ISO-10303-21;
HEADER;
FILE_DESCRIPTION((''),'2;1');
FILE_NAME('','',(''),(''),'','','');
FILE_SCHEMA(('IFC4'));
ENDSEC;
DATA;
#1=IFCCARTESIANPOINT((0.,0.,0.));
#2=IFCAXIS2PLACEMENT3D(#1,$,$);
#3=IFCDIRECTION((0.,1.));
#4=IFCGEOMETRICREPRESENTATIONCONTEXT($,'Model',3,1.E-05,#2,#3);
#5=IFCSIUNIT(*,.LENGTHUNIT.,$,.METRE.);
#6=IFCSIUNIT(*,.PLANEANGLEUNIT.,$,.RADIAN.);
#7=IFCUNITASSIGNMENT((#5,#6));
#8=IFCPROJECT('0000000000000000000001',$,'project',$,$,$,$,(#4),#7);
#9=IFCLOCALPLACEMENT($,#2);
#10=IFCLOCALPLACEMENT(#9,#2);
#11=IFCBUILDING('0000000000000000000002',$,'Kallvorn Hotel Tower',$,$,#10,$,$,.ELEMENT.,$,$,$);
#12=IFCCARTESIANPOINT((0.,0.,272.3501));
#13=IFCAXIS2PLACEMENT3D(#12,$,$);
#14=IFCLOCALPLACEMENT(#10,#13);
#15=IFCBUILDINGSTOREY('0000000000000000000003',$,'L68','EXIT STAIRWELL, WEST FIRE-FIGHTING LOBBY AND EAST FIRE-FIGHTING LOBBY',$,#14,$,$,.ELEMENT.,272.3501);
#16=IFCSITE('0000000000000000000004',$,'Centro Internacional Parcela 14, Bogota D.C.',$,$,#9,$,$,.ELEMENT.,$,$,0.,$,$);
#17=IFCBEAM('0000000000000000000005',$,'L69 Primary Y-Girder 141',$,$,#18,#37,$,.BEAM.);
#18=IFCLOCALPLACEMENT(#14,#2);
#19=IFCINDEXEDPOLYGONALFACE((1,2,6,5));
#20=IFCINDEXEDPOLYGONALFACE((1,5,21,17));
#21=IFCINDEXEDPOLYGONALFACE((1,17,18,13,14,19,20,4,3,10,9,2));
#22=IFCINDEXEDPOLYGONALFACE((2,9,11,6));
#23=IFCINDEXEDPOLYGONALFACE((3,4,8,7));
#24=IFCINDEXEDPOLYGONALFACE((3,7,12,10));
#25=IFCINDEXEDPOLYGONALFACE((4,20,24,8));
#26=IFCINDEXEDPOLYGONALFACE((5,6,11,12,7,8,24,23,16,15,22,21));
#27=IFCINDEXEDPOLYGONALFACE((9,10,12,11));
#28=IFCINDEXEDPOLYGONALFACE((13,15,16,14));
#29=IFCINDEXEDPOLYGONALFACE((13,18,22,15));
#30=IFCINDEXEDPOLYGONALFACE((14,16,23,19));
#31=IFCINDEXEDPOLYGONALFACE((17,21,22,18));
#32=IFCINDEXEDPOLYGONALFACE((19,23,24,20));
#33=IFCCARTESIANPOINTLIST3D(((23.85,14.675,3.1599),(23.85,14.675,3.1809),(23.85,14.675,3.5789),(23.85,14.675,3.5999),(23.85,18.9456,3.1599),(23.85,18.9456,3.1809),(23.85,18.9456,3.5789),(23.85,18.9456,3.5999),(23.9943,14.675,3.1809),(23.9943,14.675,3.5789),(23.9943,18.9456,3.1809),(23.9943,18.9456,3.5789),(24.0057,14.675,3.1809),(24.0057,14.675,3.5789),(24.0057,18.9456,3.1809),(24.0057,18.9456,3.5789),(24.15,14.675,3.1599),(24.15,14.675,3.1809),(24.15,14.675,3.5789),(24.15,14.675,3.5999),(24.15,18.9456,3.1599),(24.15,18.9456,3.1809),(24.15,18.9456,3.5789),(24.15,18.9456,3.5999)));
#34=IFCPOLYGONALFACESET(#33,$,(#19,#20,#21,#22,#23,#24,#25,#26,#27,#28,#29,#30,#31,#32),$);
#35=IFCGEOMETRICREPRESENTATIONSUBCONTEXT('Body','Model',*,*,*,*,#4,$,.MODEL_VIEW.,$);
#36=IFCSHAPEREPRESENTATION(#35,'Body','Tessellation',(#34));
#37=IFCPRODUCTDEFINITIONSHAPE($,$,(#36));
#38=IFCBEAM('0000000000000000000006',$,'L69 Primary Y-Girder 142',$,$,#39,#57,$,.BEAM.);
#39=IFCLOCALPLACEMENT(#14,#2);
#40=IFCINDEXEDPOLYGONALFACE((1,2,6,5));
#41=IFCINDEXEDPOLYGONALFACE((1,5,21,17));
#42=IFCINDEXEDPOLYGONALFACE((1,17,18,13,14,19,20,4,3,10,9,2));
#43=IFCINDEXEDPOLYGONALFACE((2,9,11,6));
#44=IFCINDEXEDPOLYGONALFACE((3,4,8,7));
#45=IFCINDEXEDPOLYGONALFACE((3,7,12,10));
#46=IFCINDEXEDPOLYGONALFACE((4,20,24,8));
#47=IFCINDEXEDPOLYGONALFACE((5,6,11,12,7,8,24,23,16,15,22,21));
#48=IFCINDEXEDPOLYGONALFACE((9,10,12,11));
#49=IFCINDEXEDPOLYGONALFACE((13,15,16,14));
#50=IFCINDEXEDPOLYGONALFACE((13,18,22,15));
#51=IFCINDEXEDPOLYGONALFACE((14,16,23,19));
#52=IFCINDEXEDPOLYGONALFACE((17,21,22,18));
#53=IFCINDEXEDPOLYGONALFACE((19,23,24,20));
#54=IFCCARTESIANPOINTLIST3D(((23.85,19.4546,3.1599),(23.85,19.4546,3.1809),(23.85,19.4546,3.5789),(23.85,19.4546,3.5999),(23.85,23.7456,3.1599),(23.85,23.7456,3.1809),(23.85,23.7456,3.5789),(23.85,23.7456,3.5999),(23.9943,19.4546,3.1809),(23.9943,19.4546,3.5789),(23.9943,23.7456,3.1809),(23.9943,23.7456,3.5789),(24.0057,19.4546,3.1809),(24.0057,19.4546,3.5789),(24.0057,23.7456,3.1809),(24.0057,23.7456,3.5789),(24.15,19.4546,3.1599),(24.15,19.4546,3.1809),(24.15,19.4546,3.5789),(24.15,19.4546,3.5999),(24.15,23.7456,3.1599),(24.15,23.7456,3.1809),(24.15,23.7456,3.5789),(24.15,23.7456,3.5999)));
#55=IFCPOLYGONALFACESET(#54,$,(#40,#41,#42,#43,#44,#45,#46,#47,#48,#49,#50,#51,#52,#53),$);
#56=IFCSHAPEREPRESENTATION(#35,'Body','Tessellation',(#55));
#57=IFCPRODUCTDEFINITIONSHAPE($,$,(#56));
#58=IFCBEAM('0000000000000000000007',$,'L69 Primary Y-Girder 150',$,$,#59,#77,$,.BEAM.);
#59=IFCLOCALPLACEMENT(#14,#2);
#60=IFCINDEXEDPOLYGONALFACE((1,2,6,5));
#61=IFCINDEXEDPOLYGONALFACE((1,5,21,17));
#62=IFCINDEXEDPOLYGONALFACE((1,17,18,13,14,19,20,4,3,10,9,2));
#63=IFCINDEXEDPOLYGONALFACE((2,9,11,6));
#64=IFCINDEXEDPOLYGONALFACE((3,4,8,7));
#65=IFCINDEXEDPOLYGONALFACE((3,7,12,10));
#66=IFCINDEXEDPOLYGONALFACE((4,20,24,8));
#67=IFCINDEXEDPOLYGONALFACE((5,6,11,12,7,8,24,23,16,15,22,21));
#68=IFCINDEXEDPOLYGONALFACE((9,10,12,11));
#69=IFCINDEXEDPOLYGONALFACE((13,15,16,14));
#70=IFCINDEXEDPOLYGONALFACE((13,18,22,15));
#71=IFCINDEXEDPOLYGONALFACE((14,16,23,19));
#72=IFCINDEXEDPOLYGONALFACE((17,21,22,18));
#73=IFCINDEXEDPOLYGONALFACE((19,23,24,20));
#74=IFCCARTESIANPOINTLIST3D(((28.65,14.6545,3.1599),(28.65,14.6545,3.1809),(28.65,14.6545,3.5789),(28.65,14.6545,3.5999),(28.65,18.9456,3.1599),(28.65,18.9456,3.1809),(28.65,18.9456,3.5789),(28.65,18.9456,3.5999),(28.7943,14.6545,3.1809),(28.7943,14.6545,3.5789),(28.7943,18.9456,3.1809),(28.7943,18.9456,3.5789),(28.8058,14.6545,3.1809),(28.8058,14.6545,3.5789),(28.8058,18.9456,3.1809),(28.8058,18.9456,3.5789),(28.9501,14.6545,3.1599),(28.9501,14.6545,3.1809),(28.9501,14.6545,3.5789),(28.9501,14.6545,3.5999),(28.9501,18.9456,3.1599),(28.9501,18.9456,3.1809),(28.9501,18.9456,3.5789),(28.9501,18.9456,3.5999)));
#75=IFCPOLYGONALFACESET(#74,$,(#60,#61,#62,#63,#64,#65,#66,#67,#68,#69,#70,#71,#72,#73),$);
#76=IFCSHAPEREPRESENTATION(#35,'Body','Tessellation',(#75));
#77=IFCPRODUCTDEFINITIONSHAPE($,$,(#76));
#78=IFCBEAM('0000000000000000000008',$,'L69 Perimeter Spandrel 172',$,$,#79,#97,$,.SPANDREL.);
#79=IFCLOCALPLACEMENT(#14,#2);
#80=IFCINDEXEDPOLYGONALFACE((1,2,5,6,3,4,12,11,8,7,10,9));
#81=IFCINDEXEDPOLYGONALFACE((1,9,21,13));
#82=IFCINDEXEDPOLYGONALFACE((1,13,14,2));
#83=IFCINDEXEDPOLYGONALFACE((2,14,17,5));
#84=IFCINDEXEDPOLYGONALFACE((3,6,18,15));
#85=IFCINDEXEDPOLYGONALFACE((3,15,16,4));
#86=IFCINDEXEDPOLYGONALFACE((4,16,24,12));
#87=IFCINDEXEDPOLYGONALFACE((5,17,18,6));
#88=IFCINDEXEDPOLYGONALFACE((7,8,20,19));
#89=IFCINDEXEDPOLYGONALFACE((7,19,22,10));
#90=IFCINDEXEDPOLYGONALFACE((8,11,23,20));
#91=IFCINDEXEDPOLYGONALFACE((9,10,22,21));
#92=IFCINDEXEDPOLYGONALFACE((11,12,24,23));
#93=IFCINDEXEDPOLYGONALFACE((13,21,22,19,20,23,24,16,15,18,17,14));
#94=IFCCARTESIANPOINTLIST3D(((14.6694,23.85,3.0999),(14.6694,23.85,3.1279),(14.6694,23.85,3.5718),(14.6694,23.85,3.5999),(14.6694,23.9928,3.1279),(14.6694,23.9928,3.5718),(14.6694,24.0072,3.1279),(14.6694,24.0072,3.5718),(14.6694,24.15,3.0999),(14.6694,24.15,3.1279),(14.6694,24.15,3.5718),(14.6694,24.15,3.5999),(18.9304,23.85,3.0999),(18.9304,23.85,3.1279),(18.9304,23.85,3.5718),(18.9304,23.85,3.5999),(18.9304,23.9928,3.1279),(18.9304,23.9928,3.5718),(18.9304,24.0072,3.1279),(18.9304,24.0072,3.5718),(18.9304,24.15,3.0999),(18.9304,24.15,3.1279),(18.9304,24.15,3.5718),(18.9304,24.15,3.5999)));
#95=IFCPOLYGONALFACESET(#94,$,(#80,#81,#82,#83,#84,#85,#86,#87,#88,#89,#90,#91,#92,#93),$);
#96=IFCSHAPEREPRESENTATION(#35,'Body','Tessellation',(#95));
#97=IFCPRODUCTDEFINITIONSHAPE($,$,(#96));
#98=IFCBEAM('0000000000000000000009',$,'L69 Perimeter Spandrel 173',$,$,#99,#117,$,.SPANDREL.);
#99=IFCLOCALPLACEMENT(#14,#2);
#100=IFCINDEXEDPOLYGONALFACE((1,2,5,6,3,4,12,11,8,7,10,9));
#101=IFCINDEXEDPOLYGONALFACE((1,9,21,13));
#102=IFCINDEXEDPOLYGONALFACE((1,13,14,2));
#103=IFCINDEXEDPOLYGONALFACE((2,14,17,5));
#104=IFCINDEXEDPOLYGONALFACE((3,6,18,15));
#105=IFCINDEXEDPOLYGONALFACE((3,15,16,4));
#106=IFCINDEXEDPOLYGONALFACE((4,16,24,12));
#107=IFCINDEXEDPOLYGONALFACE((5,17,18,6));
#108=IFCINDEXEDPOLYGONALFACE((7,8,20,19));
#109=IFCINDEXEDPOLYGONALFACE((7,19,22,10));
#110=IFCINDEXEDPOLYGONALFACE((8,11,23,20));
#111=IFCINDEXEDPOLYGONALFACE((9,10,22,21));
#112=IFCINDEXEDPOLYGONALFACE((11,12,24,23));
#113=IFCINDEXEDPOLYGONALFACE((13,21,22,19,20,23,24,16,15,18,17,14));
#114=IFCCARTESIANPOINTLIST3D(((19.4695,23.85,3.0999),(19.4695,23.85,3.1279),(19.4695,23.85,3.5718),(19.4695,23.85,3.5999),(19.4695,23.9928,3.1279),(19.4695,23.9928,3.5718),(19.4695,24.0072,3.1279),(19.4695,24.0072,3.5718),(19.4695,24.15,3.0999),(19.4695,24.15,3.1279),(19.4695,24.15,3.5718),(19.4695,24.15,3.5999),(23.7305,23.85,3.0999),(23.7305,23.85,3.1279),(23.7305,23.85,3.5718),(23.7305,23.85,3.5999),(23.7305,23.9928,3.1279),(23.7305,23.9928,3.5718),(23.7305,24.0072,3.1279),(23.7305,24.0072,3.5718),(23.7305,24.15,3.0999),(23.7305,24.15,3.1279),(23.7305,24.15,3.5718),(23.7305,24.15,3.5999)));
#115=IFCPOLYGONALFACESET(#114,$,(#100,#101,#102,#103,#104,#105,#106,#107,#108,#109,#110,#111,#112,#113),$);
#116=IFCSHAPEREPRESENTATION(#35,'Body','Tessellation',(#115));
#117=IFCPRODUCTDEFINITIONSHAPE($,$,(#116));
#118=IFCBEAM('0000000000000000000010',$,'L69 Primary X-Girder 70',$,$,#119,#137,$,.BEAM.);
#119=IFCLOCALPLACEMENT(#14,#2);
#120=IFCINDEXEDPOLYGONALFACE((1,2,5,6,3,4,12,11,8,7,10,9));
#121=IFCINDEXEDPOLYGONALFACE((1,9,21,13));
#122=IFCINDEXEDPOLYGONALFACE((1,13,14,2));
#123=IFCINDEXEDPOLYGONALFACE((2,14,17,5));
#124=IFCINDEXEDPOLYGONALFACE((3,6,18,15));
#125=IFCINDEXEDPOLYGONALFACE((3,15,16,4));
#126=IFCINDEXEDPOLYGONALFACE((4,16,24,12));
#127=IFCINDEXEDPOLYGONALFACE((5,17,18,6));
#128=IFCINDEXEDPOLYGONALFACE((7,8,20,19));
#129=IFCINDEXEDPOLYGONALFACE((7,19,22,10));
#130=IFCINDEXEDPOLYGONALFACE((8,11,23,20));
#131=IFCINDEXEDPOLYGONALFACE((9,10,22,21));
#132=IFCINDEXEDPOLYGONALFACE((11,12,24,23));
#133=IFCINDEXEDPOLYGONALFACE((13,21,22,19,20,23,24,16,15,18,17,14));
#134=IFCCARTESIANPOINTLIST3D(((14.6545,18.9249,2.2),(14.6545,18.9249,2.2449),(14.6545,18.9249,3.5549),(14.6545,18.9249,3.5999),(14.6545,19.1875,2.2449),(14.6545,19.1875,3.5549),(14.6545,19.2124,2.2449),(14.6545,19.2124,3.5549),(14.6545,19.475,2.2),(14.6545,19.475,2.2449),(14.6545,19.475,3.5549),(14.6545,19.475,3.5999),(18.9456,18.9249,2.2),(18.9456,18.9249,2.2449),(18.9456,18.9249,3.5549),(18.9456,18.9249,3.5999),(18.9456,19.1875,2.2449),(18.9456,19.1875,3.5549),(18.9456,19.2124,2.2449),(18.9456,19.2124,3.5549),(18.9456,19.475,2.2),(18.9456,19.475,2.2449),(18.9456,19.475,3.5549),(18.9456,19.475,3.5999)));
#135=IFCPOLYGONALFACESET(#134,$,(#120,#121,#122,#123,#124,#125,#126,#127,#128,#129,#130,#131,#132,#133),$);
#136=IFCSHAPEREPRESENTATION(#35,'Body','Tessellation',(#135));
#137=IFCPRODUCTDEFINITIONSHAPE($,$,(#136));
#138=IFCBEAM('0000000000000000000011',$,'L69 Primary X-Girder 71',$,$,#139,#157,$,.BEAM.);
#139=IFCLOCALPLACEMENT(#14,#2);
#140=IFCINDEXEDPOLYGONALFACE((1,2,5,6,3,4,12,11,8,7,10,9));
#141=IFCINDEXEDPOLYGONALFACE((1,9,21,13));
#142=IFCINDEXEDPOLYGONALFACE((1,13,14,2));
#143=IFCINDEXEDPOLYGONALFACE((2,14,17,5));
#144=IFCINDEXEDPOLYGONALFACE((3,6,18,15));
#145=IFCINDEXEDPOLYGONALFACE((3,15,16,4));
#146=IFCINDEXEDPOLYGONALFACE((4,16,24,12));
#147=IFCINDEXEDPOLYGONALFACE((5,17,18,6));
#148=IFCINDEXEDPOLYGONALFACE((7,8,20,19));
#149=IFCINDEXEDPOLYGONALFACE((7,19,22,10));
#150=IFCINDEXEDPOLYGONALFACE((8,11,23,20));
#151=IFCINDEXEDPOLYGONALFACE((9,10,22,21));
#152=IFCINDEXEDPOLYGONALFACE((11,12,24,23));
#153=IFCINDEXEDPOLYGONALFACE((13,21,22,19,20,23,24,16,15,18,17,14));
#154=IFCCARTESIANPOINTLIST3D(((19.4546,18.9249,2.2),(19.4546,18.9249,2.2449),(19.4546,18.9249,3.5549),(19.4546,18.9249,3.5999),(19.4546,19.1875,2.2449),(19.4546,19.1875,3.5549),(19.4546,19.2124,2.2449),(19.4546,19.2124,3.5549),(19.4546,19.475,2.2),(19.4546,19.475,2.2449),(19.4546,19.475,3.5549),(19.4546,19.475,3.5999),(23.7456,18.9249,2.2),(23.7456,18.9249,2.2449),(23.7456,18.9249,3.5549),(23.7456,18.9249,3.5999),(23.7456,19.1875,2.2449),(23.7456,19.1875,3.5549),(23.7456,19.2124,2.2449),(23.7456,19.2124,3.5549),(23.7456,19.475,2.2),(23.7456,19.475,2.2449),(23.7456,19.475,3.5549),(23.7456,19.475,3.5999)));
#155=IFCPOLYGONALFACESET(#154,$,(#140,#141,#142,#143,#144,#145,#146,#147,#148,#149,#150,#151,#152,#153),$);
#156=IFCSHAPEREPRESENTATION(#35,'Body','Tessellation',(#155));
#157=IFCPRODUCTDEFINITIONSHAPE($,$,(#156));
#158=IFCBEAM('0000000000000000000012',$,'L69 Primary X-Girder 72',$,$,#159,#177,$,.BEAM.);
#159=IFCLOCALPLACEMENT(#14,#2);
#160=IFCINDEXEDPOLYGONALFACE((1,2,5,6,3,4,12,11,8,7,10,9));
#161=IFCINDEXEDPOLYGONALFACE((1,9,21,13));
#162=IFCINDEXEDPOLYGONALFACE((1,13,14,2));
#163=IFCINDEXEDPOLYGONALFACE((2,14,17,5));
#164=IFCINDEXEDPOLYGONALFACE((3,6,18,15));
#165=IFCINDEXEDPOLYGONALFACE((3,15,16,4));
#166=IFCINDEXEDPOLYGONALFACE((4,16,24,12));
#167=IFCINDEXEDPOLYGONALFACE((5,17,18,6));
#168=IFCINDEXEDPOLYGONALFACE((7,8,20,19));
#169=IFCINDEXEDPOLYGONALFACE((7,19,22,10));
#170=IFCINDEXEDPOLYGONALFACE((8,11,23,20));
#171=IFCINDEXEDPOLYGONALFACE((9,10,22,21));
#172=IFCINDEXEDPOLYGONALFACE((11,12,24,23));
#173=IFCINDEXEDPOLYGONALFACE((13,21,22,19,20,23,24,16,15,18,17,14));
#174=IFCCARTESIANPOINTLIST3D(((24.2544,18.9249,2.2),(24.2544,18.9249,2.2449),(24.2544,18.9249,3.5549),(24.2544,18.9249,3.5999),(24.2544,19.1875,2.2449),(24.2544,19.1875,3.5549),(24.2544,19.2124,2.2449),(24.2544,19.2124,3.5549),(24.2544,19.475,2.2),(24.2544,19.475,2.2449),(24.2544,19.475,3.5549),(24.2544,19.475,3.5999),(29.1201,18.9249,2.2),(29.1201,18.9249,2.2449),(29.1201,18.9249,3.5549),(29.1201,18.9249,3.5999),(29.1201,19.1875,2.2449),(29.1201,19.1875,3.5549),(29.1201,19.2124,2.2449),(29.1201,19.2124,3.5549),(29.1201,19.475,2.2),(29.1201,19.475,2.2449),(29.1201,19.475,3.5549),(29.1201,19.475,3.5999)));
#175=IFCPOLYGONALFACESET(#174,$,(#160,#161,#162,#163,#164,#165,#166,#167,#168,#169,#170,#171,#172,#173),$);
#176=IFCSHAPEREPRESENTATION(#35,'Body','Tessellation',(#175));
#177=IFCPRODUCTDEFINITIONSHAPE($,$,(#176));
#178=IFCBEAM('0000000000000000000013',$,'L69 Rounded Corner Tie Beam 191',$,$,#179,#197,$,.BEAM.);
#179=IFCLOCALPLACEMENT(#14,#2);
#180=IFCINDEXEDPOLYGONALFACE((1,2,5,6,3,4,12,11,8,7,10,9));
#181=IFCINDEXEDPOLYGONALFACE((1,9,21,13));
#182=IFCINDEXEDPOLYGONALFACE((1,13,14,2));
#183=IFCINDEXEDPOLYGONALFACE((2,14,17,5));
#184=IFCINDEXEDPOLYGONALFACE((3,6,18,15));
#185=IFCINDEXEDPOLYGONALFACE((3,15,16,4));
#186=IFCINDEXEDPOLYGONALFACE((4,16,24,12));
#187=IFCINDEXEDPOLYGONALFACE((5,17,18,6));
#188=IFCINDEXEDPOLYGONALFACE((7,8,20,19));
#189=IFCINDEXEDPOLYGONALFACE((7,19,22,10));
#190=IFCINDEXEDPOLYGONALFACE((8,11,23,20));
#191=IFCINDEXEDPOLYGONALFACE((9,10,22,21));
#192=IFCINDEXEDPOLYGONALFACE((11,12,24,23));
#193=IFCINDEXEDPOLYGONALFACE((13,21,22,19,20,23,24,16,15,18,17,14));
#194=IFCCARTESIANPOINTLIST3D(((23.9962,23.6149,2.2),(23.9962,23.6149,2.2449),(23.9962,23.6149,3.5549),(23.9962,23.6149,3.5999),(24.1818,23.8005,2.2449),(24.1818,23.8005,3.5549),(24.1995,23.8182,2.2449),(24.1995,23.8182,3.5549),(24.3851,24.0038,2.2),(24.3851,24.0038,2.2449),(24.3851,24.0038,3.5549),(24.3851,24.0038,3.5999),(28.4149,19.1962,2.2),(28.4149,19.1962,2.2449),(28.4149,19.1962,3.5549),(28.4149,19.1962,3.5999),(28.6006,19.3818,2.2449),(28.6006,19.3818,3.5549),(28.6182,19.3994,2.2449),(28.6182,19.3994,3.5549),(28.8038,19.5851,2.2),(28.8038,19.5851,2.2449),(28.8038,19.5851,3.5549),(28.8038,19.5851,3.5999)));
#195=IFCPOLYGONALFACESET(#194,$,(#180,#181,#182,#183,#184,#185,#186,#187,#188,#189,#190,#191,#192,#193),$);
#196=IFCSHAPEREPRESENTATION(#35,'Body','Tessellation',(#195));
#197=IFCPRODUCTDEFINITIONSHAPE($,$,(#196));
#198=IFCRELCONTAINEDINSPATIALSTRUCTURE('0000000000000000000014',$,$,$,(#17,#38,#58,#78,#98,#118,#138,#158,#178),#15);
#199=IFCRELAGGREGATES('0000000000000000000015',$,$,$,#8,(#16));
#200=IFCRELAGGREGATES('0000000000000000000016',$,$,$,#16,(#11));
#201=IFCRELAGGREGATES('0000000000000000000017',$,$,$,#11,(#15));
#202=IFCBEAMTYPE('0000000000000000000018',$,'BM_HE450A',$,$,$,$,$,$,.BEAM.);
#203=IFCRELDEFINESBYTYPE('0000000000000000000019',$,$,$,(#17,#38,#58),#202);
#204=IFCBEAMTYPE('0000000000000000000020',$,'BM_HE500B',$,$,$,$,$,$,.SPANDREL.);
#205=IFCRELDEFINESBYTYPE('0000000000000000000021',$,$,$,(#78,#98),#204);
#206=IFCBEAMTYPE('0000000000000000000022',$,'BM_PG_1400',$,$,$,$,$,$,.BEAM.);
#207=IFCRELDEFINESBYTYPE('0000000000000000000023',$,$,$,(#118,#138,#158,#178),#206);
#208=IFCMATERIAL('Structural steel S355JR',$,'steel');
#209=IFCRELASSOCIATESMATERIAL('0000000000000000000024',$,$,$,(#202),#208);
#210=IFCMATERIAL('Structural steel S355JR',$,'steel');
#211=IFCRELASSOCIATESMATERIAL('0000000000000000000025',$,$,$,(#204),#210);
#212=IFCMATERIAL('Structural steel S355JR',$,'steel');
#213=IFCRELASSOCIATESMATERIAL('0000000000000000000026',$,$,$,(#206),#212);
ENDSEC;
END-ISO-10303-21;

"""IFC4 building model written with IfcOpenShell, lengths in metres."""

from ifc_helpers import new_model, si_unit, direction, frame, origin, origin_2d, place, context, subcontext, project, spatial, i_section, extrude, material, material_profile, profile_set, type_object, element, save


model = new_model("IFC4")

# Units and contexts
model_context = context("Model", 3, precision=1e-05, world=origin(), true_north=direction((0.0, 1.0)))
body_context = subcontext(model_context, "Body", "Model", "MODEL_VIEW")
ifc_project = project(units=[si_unit("LENGTHUNIT", "METRE"), si_unit("PLANEANGLEUNIT", "RADIAN")], contexts=[model_context])

# Site, building, storey
site_placement = place(None, origin())
site = spatial("IfcSite", under=ifc_project, at=site_placement, Name="Centro Internacional Parcela 14, Bogota D.C.", CompositionType="ELEMENT", RefElevation=0.0)
building_placement = place(site_placement, origin())
building = spatial("IfcBuilding", under=site, at=building_placement, Name="Kallvorn Hotel Tower", CompositionType="ELEMENT")
storey_placement = place(building_placement, frame((0.0, 0.0, 272.3501)))
storey = spatial("IfcBuildingStorey", under=building, at=storey_placement, Name="L68", Description="EXIT STAIRWELL, WEST FIRE-FIGHTING LOBBY AND EAST FIRE-FIGHTING LOBBY", CompositionType="ELEMENT", Elevation=272.3501)

# Beams
ifc_material_1 = material(Name="Structural steel S355JR", Category="steel")
ifc_material_profile_1 = material_profile(ifc_material_1, i_section(OverallWidth=0.3, OverallDepth=0.4399, WebThickness=0.0115, FlangeThickness=0.021, at=origin_2d()), Name="HE 450 A")
ifc_profile_set_1 = profile_set([ifc_material_profile_1], Name="Structural steel S355JR")
beam_type_1 = type_object("IfcBeamType", Name="BM_HE450A", PredefinedType="BEAM", material=ifc_profile_set_1)
beam_1_placement = place(storey_placement, frame((24.0, 14.675, 3.3799), z_axis=(0.0, 1.0, 0.0), x_axis=(-1.0, 0.0, 0.0)))
element("IfcBeam", 1, at=beam_1_placement, inside=storey, type_object=beam_type_1, Name="L69 Primary Y-Girder 141", PredefinedType="BEAM", context=body_context, shape_type="SweptSolid", body=[
    extrude(i_section(OverallWidth=0.3, OverallDepth=0.4399, WebThickness=0.0115, FlangeThickness=0.021, at=origin_2d()), origin(), (0.0, 0.0, 1.0), 4.2705),
])
for number, where, z_axis, x_axis, name in (
    (2, (24.0, 19.4546, 3.3799), (0.0, 1.0, 0.0), (-1.0, 0.0, 0.0), "L69 Primary Y-Girder 142"),
    (3, (28.8, 14.6545, 3.3799), (0.0, 1.0, 0.0), (-1.0, 0.0, 0.0), "L69 Primary Y-Girder 150"),
):
    element("IfcBeam", number, at=place(storey_placement, frame(where, z_axis=z_axis, x_axis=x_axis)), inside=storey, type_object=beam_type_1, Name=name, PredefinedType="BEAM", context=body_context, shape_type="SweptSolid", body=[
        extrude(i_section(OverallWidth=0.3, OverallDepth=0.4399, WebThickness=0.0115, FlangeThickness=0.021, at=origin_2d()), origin(), (0.0, 0.0, 1.0), 4.291),
    ])
ifc_material_2 = material(Name="Structural steel S355JR", Category="steel")
ifc_material_profile_2 = material_profile(ifc_material_2, i_section(OverallWidth=0.3, OverallDepth=0.5, WebThickness=0.0144, FlangeThickness=0.0281, at=origin_2d()), Name="HE 500 B")
ifc_profile_set_2 = profile_set([ifc_material_profile_2], Name="Structural steel S355JR")
beam_type_2 = type_object("IfcBeamType", Name="BM_HE500B", PredefinedType="SPANDREL", material=ifc_profile_set_2)
for number, where, z_axis, x_axis, name in (
    (4, (14.6694, 24.0, 3.3499), (1.0, 0.0, 0.0), (0.0, 1.0, 0.0), "L69 Perimeter Spandrel 172"),
    (5, (19.4695, 24.0, 3.3499), (1.0, 0.0, 0.0), (0.0, 1.0, 0.0), "L69 Perimeter Spandrel 173"),
):
    element("IfcBeam", number, at=place(storey_placement, frame(where, z_axis=z_axis, x_axis=x_axis)), inside=storey, type_object=beam_type_2, Name=name, PredefinedType="SPANDREL", context=body_context, shape_type="SweptSolid", body=[
        extrude(i_section(OverallWidth=0.3, OverallDepth=0.5, WebThickness=0.0144, FlangeThickness=0.0281, at=origin_2d()), origin(), (0.0, 0.0, 1.0), 4.261),
    ])
ifc_material_3 = material(Name="Structural steel S355JR", Category="steel")
ifc_material_profile_3 = material_profile(ifc_material_3, i_section(OverallWidth=0.55, OverallDepth=1.3999, WebThickness=0.0249, FlangeThickness=0.0449, at=origin_2d()), Name="PG 1400x550x25x45")
ifc_profile_set_3 = profile_set([ifc_material_profile_3], Name="Structural steel S355JR")
beam_type_3 = type_object("IfcBeamType", Name="BM_PG_1400", PredefinedType="BEAM", material=ifc_profile_set_3)
for number, where, z_axis, x_axis, name in (
    (6, (14.6545, 19.2, 2.8999), (1.0, 0.0, 0.0), (0.0, 1.0, 0.0), "L69 Primary X-Girder 70"),
    (7, (19.4546, 19.2, 2.8999), (1.0, 0.0, 0.0), (0.0, 1.0, 0.0), "L69 Primary X-Girder 71"),
):
    element("IfcBeam", number, at=place(storey_placement, frame(where, z_axis=z_axis, x_axis=x_axis)), inside=storey, type_object=beam_type_3, Name=name, PredefinedType="BEAM", context=body_context, shape_type="SweptSolid", body=[
        extrude(i_section(OverallWidth=0.55, OverallDepth=1.3999, WebThickness=0.0249, FlangeThickness=0.0449, at=origin_2d()), origin(), (0.0, 0.0, 1.0), 4.291),
    ])
beam_2_placement = place(storey_placement, frame((24.2544, 19.2, 2.8999), z_axis=(1.0, 0.0, 0.0), x_axis=(0.0, 1.0, 0.0)))
element("IfcBeam", 8, at=beam_2_placement, inside=storey, type_object=beam_type_3, Name="L69 Primary X-Girder 72", PredefinedType="BEAM", context=body_context, shape_type="SweptSolid", body=[
    extrude(i_section(OverallWidth=0.55, OverallDepth=1.3999, WebThickness=0.0249, FlangeThickness=0.0449, at=origin_2d()), origin(), (0.0, 0.0, 1.0), 4.8657),
])
beam_3_placement = place(storey_placement, frame((28.6094, 19.3906, 2.8999), z_axis=(-0.707107, 0.707107, 0.0), x_axis=(-0.707107, -0.707107, 0.0)))
element("IfcBeam", 9, at=beam_3_placement, inside=storey, type_object=beam_type_3, Name="L69 Rounded Corner Tie Beam 191", PredefinedType="BEAM", context=body_context, shape_type="SweptSolid", body=[
    extrude(i_section(OverallWidth=0.55, OverallDepth=1.3999, WebThickness=0.0249, FlangeThickness=0.0449, at=origin_2d()), origin(), (0.0, 0.0, 1.0), 6.249),
])

save(model, "model.ifc")
